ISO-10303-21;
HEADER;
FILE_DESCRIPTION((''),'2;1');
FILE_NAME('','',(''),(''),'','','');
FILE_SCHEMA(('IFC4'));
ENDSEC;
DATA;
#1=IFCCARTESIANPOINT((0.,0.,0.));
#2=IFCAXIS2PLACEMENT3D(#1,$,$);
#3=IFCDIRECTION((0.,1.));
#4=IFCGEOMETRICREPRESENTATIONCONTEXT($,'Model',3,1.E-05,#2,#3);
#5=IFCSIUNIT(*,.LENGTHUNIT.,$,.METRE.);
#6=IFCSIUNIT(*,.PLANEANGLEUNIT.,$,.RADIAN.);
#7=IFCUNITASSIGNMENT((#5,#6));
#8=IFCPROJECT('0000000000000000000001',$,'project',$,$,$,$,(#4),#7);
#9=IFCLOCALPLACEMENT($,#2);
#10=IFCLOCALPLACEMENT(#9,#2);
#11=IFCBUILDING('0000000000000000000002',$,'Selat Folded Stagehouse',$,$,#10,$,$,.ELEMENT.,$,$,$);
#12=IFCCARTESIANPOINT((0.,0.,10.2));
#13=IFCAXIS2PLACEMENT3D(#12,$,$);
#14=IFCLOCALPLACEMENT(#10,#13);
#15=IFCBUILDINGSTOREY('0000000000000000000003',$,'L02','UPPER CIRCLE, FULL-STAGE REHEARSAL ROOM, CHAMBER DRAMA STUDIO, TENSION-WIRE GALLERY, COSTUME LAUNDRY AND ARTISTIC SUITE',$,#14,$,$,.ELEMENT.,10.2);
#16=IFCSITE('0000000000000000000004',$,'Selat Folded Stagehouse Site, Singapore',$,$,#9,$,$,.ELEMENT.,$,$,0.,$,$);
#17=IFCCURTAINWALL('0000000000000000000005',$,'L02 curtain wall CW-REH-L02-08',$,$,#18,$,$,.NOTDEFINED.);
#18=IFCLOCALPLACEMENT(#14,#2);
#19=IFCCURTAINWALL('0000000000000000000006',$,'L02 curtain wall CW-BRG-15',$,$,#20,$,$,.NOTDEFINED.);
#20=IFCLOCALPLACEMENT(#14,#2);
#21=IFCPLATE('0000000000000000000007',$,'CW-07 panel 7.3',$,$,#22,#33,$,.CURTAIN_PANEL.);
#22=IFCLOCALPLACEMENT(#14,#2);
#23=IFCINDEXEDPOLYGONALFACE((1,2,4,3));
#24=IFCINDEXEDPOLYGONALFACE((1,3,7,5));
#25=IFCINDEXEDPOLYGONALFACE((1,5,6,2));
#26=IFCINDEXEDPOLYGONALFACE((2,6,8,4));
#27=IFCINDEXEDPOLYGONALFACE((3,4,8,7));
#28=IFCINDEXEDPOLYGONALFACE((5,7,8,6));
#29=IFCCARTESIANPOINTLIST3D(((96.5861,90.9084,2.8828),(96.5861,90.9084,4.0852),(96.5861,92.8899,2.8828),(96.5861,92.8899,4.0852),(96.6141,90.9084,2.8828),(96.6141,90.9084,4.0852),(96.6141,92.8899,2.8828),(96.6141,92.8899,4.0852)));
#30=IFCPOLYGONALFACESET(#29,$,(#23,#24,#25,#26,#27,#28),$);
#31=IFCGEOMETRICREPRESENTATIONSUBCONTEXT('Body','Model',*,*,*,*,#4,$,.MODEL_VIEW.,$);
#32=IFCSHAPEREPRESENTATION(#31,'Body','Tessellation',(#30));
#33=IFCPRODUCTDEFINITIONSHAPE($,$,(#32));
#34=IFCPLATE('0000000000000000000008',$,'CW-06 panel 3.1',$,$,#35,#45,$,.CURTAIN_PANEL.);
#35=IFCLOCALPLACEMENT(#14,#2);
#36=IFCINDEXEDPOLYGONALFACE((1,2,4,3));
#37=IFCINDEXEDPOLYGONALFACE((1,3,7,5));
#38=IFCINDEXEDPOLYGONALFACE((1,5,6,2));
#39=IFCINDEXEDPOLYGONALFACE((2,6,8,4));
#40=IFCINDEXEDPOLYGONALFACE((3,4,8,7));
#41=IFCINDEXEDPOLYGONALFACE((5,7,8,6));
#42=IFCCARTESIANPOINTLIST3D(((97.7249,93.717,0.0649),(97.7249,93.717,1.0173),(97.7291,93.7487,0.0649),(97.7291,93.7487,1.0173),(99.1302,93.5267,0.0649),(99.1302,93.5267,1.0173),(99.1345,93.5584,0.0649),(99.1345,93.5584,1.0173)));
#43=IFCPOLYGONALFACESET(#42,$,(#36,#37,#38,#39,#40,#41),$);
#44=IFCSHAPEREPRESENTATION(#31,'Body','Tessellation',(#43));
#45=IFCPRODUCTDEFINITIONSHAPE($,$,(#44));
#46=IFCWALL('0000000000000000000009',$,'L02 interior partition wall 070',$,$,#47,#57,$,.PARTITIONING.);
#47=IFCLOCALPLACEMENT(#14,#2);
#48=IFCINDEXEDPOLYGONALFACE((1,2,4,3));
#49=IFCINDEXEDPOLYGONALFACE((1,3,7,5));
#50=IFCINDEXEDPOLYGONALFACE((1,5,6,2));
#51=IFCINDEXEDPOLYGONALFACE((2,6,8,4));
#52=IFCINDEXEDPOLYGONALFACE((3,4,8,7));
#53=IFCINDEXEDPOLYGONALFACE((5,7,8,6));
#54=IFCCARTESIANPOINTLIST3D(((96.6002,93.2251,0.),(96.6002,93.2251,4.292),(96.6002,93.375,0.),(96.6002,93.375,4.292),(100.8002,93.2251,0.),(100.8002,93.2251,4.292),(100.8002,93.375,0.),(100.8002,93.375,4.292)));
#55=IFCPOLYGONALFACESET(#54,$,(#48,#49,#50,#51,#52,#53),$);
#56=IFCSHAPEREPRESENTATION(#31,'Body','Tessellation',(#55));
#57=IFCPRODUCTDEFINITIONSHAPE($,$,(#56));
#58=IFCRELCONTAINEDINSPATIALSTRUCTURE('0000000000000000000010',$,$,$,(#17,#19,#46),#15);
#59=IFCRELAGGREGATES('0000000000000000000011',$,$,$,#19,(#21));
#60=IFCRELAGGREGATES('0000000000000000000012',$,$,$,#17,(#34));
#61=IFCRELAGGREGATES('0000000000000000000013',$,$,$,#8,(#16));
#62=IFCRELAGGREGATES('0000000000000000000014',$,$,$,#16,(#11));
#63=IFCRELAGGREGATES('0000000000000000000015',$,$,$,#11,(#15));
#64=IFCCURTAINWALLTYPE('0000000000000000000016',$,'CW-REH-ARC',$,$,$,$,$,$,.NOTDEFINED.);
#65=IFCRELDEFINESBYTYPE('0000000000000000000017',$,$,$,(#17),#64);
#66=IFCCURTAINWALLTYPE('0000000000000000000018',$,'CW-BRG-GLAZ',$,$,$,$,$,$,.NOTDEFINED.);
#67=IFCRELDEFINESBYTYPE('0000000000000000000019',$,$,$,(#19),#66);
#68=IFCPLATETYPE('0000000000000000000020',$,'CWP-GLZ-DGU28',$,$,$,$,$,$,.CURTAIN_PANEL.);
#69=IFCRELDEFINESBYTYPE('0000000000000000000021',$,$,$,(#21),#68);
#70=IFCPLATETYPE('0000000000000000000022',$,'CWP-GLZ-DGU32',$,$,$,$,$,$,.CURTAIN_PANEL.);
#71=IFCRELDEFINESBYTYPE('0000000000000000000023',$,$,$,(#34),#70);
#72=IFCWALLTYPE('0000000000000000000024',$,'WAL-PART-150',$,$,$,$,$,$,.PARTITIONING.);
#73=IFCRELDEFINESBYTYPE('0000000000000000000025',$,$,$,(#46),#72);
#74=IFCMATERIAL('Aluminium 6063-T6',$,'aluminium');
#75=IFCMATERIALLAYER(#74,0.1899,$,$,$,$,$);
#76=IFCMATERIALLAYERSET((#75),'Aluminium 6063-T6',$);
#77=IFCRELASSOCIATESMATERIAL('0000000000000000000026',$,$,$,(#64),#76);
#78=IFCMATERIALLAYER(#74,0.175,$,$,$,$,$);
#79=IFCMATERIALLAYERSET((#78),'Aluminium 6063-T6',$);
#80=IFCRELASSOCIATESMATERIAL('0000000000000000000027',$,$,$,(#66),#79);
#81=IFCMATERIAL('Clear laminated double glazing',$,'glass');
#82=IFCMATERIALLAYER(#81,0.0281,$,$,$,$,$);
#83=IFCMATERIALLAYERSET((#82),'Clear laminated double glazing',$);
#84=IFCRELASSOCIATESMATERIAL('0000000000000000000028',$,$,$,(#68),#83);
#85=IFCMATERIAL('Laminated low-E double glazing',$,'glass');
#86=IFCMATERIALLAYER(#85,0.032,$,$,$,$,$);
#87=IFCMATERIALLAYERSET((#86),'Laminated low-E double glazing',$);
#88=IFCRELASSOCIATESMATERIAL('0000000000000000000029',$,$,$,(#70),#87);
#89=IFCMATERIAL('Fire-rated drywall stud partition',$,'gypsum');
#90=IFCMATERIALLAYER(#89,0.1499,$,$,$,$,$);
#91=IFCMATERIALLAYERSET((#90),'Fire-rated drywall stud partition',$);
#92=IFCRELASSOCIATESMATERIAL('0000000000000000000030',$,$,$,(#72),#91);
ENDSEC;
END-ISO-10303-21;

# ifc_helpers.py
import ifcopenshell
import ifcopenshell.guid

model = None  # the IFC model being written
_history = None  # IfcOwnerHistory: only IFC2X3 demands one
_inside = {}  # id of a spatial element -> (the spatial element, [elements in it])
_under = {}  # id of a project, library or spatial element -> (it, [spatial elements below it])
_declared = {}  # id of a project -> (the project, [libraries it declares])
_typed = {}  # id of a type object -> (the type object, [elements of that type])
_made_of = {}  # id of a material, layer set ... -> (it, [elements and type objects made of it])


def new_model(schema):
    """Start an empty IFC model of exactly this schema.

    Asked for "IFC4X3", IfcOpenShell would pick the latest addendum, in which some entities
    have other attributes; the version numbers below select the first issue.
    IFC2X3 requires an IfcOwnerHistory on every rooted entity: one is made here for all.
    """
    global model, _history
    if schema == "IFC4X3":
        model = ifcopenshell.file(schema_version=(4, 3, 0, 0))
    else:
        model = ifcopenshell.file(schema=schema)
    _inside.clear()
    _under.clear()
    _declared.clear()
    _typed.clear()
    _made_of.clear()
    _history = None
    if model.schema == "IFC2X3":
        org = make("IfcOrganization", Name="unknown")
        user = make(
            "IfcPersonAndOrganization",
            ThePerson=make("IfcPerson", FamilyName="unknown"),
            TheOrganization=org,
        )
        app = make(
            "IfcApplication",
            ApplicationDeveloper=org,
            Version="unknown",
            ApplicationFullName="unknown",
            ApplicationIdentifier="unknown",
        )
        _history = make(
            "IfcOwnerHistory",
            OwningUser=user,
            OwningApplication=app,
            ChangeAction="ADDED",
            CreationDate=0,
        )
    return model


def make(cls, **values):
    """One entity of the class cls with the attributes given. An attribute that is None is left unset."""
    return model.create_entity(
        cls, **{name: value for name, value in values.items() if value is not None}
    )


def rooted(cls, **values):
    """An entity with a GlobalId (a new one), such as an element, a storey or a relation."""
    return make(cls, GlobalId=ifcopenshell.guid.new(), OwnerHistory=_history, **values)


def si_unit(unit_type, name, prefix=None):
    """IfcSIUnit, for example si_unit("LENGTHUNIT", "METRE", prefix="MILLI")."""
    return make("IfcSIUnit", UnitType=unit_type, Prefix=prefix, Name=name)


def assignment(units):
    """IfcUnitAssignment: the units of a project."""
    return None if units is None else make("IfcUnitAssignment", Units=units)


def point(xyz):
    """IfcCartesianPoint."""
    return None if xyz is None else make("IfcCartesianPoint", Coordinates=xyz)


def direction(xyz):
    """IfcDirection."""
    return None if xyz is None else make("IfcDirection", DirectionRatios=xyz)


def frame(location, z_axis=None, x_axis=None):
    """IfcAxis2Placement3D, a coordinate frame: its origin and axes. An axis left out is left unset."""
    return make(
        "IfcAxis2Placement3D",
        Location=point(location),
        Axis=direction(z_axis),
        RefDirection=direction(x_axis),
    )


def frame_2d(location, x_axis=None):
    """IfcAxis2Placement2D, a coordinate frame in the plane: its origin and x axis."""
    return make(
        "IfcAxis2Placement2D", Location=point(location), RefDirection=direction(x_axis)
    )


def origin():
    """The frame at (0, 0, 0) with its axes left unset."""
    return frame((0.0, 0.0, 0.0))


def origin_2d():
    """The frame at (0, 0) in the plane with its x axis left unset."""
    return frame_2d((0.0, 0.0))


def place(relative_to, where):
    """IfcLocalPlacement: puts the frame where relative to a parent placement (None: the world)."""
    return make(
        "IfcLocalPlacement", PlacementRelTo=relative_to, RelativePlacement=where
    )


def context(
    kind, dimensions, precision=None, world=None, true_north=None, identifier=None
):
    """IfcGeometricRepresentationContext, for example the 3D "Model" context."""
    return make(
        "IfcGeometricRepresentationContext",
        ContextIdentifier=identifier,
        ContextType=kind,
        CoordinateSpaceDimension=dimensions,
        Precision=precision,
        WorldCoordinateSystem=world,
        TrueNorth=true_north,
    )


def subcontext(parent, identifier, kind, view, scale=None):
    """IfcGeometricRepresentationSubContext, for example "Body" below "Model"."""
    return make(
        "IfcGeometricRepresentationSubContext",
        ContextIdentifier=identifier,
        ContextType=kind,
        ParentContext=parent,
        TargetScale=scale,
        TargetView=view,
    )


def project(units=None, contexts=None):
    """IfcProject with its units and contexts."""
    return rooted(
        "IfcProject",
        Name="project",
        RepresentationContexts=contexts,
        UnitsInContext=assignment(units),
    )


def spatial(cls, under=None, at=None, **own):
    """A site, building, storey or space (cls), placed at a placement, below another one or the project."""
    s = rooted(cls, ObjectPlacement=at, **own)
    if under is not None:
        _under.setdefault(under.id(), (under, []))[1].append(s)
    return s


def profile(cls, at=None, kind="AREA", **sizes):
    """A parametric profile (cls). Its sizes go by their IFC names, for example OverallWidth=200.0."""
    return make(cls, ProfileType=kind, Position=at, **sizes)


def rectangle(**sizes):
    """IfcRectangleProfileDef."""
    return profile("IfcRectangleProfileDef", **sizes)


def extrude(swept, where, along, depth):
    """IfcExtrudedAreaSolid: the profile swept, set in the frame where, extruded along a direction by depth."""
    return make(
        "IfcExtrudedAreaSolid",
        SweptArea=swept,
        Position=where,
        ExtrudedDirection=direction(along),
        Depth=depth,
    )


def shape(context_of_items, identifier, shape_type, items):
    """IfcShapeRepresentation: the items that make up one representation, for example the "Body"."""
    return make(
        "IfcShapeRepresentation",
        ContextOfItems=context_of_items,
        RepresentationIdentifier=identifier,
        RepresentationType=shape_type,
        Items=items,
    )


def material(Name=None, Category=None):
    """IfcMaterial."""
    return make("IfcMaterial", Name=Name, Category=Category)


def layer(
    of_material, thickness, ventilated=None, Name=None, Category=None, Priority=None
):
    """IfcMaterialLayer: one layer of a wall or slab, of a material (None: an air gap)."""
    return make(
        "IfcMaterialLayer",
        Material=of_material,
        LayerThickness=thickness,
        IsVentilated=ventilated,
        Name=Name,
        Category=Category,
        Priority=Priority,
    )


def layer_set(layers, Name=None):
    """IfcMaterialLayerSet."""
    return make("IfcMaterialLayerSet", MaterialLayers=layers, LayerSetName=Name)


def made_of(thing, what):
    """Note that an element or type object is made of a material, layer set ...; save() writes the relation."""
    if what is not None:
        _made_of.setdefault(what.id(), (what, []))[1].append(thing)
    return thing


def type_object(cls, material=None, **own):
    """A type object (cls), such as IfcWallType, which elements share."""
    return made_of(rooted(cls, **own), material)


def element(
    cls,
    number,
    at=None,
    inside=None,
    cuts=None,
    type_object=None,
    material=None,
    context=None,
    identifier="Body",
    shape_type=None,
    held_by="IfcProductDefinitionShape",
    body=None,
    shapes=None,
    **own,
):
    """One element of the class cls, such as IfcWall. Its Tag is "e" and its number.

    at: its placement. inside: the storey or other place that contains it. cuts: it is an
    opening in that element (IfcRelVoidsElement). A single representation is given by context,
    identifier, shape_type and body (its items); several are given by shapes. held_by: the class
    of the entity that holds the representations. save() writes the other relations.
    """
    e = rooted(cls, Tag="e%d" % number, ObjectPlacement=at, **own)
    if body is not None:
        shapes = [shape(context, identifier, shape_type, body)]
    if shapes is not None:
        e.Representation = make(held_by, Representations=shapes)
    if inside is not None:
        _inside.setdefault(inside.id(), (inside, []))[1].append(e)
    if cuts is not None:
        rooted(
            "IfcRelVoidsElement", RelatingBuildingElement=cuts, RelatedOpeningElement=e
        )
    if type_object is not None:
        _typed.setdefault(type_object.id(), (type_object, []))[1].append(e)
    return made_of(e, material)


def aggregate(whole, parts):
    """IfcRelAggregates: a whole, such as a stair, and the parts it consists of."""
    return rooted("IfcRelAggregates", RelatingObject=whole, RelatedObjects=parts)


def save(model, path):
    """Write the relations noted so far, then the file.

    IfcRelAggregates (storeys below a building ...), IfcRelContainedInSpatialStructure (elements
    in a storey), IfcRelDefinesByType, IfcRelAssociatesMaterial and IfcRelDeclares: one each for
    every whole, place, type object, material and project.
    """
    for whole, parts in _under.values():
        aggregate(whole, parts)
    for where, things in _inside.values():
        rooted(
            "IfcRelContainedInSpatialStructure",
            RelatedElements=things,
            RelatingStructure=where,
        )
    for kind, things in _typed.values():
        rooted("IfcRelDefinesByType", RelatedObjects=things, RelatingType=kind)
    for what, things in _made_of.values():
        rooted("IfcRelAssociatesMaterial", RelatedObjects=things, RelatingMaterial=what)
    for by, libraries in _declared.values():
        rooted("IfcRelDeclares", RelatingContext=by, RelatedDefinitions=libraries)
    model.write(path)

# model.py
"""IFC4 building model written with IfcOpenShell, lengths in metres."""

from ifc_helpers import new_model, si_unit, direction, frame, frame_2d, origin, origin_2d, place, context, subcontext, project, spatial, rectangle, extrude, material, layer, layer_set, type_object, element, aggregate, save


model = new_model("IFC4")

# Units and contexts
model_context = context("Model", 3, precision=1e-05, world=origin(), true_north=direction((0.0, 1.0)))
body_context = subcontext(model_context, "Body", "Model", "MODEL_VIEW")
ifc_project = project(units=[si_unit("LENGTHUNIT", "METRE"), si_unit("PLANEANGLEUNIT", "RADIAN")], contexts=[model_context])

# Site, building, storey
site_placement = place(None, origin())
site = spatial("IfcSite", under=ifc_project, at=site_placement, Name="Selat Folded Stagehouse Site, Singapore", CompositionType="ELEMENT", RefElevation=0.0)
building_placement = place(site_placement, origin())
building = spatial("IfcBuilding", under=site, at=building_placement, Name="Selat Folded Stagehouse", CompositionType="ELEMENT")
storey_placement = place(building_placement, frame((0.0, 0.0, 10.2)))
storey = spatial("IfcBuildingStorey", under=building, at=storey_placement, Name="L02", Description="UPPER CIRCLE, FULL-STAGE REHEARSAL ROOM, CHAMBER DRAMA STUDIO, TENSION-WIRE GALLERY, COSTUME LAUNDRY AND ARTISTIC SUITE", CompositionType="ELEMENT", Elevation=10.2)

# Curtain wall
ifc_material_1 = material(Name="Aluminium 6063-T6", Category="aluminium")
ifc_layer_1 = layer(ifc_material_1, 0.1899)
ifc_layer_set_1 = layer_set([ifc_layer_1], Name="Aluminium 6063-T6")
curtain_wall_type_1 = type_object("IfcCurtainWallType", Name="CW-REH-ARC", PredefinedType="NOTDEFINED", material=ifc_layer_set_1)
curtain_wall_1_placement = place(storey_placement, origin())
curtain_wall_1 = element("IfcCurtainWall", 1, at=curtain_wall_1_placement, inside=storey, type_object=curtain_wall_type_1, Name="L02 curtain wall CW-REH-L02-08", PredefinedType="NOTDEFINED")

# Curtain wall
ifc_layer_2 = layer(ifc_material_1, 0.175)
ifc_layer_set_2 = layer_set([ifc_layer_2], Name="Aluminium 6063-T6")
curtain_wall_type_2 = type_object("IfcCurtainWallType", Name="CW-BRG-GLAZ", PredefinedType="NOTDEFINED", material=ifc_layer_set_2)
curtain_wall_2_placement = place(storey_placement, origin())
curtain_wall_2 = element("IfcCurtainWall", 2, at=curtain_wall_2_placement, inside=storey, type_object=curtain_wall_type_2, Name="L02 curtain wall CW-BRG-15", PredefinedType="NOTDEFINED")

# Plates
ifc_material_2 = material(Name="Clear laminated double glazing", Category="glass")
ifc_layer_3 = layer(ifc_material_2, 0.0281)
ifc_layer_set_3 = layer_set([ifc_layer_3], Name="Clear laminated double glazing")
plate_type_1 = type_object("IfcPlateType", Name="CWP-GLZ-DGU28", PredefinedType="CURTAIN_PANEL", material=ifc_layer_set_3)
plate_1_placement = place(storey_placement, frame((96.6001, 91.8992, 2.8828), z_axis=(0.0, 0.0, 1.0), x_axis=(0.0, 1.0, 0.0)))
plate_1 = element("IfcPlate", 3, at=plate_1_placement, type_object=plate_type_1, Name="CW-07 panel 7.3", PredefinedType="CURTAIN_PANEL", context=body_context, shape_type="SweptSolid", body=[
    extrude(rectangle(XDim=1.9814, YDim=0.0281, at=origin_2d()), origin(), (0.0, 0.0, 1.0), 1.2024),
])
aggregate(curtain_wall_2, [plate_1])
ifc_material_3 = material(Name="Laminated low-E double glazing", Category="glass")
ifc_layer_4 = layer(ifc_material_3, 0.032)
ifc_layer_set_4 = layer_set([ifc_layer_4], Name="Laminated low-E double glazing")
plate_type_2 = type_object("IfcPlateType", Name="CWP-GLZ-DGU32", PredefinedType="CURTAIN_PANEL", material=ifc_layer_set_4)
plate_2_placement = place(storey_placement, frame((98.4297, 93.6377, 0.0649), z_axis=(0.0, 0.0, 1.0), x_axis=(-0.990953, 0.134212, 0.0)))
plate_2 = element("IfcPlate", 4, at=plate_2_placement, type_object=plate_type_2, Name="CW-06 panel 3.1", PredefinedType="CURTAIN_PANEL", context=body_context, shape_type="SweptSolid", body=[
    extrude(rectangle(XDim=1.4182, YDim=0.032, at=origin_2d()), origin(), (0.0, 0.0, 1.0), 0.9524),
])
aggregate(curtain_wall_1, [plate_2])

# Wall
ifc_material_4 = material(Name="Fire-rated drywall stud partition", Category="gypsum")
ifc_layer_5 = layer(ifc_material_4, 0.1499)
ifc_layer_set_5 = layer_set([ifc_layer_5], Name="Fire-rated drywall stud partition")
wall_type = type_object("IfcWallType", Name="WAL-PART-150", PredefinedType="PARTITIONING", material=ifc_layer_set_5)
wall_placement = place(storey_placement, frame((96.6001, 93.3, 0.0), z_axis=(0.0, 0.0, 1.0), x_axis=(1.0, 0.0, 0.0)))
element("IfcWall", 5, at=wall_placement, inside=storey, type_object=wall_type, Name="L02 interior partition wall 070", PredefinedType="PARTITIONING", context=body_context, shape_type="SweptSolid", body=[
    extrude(rectangle(XDim=4.2, YDim=0.1499, at=frame_2d((2.1001, 0.0))), origin(), (0.0, 0.0, 1.0), 4.292),
])

save(model, "model.ifc")
